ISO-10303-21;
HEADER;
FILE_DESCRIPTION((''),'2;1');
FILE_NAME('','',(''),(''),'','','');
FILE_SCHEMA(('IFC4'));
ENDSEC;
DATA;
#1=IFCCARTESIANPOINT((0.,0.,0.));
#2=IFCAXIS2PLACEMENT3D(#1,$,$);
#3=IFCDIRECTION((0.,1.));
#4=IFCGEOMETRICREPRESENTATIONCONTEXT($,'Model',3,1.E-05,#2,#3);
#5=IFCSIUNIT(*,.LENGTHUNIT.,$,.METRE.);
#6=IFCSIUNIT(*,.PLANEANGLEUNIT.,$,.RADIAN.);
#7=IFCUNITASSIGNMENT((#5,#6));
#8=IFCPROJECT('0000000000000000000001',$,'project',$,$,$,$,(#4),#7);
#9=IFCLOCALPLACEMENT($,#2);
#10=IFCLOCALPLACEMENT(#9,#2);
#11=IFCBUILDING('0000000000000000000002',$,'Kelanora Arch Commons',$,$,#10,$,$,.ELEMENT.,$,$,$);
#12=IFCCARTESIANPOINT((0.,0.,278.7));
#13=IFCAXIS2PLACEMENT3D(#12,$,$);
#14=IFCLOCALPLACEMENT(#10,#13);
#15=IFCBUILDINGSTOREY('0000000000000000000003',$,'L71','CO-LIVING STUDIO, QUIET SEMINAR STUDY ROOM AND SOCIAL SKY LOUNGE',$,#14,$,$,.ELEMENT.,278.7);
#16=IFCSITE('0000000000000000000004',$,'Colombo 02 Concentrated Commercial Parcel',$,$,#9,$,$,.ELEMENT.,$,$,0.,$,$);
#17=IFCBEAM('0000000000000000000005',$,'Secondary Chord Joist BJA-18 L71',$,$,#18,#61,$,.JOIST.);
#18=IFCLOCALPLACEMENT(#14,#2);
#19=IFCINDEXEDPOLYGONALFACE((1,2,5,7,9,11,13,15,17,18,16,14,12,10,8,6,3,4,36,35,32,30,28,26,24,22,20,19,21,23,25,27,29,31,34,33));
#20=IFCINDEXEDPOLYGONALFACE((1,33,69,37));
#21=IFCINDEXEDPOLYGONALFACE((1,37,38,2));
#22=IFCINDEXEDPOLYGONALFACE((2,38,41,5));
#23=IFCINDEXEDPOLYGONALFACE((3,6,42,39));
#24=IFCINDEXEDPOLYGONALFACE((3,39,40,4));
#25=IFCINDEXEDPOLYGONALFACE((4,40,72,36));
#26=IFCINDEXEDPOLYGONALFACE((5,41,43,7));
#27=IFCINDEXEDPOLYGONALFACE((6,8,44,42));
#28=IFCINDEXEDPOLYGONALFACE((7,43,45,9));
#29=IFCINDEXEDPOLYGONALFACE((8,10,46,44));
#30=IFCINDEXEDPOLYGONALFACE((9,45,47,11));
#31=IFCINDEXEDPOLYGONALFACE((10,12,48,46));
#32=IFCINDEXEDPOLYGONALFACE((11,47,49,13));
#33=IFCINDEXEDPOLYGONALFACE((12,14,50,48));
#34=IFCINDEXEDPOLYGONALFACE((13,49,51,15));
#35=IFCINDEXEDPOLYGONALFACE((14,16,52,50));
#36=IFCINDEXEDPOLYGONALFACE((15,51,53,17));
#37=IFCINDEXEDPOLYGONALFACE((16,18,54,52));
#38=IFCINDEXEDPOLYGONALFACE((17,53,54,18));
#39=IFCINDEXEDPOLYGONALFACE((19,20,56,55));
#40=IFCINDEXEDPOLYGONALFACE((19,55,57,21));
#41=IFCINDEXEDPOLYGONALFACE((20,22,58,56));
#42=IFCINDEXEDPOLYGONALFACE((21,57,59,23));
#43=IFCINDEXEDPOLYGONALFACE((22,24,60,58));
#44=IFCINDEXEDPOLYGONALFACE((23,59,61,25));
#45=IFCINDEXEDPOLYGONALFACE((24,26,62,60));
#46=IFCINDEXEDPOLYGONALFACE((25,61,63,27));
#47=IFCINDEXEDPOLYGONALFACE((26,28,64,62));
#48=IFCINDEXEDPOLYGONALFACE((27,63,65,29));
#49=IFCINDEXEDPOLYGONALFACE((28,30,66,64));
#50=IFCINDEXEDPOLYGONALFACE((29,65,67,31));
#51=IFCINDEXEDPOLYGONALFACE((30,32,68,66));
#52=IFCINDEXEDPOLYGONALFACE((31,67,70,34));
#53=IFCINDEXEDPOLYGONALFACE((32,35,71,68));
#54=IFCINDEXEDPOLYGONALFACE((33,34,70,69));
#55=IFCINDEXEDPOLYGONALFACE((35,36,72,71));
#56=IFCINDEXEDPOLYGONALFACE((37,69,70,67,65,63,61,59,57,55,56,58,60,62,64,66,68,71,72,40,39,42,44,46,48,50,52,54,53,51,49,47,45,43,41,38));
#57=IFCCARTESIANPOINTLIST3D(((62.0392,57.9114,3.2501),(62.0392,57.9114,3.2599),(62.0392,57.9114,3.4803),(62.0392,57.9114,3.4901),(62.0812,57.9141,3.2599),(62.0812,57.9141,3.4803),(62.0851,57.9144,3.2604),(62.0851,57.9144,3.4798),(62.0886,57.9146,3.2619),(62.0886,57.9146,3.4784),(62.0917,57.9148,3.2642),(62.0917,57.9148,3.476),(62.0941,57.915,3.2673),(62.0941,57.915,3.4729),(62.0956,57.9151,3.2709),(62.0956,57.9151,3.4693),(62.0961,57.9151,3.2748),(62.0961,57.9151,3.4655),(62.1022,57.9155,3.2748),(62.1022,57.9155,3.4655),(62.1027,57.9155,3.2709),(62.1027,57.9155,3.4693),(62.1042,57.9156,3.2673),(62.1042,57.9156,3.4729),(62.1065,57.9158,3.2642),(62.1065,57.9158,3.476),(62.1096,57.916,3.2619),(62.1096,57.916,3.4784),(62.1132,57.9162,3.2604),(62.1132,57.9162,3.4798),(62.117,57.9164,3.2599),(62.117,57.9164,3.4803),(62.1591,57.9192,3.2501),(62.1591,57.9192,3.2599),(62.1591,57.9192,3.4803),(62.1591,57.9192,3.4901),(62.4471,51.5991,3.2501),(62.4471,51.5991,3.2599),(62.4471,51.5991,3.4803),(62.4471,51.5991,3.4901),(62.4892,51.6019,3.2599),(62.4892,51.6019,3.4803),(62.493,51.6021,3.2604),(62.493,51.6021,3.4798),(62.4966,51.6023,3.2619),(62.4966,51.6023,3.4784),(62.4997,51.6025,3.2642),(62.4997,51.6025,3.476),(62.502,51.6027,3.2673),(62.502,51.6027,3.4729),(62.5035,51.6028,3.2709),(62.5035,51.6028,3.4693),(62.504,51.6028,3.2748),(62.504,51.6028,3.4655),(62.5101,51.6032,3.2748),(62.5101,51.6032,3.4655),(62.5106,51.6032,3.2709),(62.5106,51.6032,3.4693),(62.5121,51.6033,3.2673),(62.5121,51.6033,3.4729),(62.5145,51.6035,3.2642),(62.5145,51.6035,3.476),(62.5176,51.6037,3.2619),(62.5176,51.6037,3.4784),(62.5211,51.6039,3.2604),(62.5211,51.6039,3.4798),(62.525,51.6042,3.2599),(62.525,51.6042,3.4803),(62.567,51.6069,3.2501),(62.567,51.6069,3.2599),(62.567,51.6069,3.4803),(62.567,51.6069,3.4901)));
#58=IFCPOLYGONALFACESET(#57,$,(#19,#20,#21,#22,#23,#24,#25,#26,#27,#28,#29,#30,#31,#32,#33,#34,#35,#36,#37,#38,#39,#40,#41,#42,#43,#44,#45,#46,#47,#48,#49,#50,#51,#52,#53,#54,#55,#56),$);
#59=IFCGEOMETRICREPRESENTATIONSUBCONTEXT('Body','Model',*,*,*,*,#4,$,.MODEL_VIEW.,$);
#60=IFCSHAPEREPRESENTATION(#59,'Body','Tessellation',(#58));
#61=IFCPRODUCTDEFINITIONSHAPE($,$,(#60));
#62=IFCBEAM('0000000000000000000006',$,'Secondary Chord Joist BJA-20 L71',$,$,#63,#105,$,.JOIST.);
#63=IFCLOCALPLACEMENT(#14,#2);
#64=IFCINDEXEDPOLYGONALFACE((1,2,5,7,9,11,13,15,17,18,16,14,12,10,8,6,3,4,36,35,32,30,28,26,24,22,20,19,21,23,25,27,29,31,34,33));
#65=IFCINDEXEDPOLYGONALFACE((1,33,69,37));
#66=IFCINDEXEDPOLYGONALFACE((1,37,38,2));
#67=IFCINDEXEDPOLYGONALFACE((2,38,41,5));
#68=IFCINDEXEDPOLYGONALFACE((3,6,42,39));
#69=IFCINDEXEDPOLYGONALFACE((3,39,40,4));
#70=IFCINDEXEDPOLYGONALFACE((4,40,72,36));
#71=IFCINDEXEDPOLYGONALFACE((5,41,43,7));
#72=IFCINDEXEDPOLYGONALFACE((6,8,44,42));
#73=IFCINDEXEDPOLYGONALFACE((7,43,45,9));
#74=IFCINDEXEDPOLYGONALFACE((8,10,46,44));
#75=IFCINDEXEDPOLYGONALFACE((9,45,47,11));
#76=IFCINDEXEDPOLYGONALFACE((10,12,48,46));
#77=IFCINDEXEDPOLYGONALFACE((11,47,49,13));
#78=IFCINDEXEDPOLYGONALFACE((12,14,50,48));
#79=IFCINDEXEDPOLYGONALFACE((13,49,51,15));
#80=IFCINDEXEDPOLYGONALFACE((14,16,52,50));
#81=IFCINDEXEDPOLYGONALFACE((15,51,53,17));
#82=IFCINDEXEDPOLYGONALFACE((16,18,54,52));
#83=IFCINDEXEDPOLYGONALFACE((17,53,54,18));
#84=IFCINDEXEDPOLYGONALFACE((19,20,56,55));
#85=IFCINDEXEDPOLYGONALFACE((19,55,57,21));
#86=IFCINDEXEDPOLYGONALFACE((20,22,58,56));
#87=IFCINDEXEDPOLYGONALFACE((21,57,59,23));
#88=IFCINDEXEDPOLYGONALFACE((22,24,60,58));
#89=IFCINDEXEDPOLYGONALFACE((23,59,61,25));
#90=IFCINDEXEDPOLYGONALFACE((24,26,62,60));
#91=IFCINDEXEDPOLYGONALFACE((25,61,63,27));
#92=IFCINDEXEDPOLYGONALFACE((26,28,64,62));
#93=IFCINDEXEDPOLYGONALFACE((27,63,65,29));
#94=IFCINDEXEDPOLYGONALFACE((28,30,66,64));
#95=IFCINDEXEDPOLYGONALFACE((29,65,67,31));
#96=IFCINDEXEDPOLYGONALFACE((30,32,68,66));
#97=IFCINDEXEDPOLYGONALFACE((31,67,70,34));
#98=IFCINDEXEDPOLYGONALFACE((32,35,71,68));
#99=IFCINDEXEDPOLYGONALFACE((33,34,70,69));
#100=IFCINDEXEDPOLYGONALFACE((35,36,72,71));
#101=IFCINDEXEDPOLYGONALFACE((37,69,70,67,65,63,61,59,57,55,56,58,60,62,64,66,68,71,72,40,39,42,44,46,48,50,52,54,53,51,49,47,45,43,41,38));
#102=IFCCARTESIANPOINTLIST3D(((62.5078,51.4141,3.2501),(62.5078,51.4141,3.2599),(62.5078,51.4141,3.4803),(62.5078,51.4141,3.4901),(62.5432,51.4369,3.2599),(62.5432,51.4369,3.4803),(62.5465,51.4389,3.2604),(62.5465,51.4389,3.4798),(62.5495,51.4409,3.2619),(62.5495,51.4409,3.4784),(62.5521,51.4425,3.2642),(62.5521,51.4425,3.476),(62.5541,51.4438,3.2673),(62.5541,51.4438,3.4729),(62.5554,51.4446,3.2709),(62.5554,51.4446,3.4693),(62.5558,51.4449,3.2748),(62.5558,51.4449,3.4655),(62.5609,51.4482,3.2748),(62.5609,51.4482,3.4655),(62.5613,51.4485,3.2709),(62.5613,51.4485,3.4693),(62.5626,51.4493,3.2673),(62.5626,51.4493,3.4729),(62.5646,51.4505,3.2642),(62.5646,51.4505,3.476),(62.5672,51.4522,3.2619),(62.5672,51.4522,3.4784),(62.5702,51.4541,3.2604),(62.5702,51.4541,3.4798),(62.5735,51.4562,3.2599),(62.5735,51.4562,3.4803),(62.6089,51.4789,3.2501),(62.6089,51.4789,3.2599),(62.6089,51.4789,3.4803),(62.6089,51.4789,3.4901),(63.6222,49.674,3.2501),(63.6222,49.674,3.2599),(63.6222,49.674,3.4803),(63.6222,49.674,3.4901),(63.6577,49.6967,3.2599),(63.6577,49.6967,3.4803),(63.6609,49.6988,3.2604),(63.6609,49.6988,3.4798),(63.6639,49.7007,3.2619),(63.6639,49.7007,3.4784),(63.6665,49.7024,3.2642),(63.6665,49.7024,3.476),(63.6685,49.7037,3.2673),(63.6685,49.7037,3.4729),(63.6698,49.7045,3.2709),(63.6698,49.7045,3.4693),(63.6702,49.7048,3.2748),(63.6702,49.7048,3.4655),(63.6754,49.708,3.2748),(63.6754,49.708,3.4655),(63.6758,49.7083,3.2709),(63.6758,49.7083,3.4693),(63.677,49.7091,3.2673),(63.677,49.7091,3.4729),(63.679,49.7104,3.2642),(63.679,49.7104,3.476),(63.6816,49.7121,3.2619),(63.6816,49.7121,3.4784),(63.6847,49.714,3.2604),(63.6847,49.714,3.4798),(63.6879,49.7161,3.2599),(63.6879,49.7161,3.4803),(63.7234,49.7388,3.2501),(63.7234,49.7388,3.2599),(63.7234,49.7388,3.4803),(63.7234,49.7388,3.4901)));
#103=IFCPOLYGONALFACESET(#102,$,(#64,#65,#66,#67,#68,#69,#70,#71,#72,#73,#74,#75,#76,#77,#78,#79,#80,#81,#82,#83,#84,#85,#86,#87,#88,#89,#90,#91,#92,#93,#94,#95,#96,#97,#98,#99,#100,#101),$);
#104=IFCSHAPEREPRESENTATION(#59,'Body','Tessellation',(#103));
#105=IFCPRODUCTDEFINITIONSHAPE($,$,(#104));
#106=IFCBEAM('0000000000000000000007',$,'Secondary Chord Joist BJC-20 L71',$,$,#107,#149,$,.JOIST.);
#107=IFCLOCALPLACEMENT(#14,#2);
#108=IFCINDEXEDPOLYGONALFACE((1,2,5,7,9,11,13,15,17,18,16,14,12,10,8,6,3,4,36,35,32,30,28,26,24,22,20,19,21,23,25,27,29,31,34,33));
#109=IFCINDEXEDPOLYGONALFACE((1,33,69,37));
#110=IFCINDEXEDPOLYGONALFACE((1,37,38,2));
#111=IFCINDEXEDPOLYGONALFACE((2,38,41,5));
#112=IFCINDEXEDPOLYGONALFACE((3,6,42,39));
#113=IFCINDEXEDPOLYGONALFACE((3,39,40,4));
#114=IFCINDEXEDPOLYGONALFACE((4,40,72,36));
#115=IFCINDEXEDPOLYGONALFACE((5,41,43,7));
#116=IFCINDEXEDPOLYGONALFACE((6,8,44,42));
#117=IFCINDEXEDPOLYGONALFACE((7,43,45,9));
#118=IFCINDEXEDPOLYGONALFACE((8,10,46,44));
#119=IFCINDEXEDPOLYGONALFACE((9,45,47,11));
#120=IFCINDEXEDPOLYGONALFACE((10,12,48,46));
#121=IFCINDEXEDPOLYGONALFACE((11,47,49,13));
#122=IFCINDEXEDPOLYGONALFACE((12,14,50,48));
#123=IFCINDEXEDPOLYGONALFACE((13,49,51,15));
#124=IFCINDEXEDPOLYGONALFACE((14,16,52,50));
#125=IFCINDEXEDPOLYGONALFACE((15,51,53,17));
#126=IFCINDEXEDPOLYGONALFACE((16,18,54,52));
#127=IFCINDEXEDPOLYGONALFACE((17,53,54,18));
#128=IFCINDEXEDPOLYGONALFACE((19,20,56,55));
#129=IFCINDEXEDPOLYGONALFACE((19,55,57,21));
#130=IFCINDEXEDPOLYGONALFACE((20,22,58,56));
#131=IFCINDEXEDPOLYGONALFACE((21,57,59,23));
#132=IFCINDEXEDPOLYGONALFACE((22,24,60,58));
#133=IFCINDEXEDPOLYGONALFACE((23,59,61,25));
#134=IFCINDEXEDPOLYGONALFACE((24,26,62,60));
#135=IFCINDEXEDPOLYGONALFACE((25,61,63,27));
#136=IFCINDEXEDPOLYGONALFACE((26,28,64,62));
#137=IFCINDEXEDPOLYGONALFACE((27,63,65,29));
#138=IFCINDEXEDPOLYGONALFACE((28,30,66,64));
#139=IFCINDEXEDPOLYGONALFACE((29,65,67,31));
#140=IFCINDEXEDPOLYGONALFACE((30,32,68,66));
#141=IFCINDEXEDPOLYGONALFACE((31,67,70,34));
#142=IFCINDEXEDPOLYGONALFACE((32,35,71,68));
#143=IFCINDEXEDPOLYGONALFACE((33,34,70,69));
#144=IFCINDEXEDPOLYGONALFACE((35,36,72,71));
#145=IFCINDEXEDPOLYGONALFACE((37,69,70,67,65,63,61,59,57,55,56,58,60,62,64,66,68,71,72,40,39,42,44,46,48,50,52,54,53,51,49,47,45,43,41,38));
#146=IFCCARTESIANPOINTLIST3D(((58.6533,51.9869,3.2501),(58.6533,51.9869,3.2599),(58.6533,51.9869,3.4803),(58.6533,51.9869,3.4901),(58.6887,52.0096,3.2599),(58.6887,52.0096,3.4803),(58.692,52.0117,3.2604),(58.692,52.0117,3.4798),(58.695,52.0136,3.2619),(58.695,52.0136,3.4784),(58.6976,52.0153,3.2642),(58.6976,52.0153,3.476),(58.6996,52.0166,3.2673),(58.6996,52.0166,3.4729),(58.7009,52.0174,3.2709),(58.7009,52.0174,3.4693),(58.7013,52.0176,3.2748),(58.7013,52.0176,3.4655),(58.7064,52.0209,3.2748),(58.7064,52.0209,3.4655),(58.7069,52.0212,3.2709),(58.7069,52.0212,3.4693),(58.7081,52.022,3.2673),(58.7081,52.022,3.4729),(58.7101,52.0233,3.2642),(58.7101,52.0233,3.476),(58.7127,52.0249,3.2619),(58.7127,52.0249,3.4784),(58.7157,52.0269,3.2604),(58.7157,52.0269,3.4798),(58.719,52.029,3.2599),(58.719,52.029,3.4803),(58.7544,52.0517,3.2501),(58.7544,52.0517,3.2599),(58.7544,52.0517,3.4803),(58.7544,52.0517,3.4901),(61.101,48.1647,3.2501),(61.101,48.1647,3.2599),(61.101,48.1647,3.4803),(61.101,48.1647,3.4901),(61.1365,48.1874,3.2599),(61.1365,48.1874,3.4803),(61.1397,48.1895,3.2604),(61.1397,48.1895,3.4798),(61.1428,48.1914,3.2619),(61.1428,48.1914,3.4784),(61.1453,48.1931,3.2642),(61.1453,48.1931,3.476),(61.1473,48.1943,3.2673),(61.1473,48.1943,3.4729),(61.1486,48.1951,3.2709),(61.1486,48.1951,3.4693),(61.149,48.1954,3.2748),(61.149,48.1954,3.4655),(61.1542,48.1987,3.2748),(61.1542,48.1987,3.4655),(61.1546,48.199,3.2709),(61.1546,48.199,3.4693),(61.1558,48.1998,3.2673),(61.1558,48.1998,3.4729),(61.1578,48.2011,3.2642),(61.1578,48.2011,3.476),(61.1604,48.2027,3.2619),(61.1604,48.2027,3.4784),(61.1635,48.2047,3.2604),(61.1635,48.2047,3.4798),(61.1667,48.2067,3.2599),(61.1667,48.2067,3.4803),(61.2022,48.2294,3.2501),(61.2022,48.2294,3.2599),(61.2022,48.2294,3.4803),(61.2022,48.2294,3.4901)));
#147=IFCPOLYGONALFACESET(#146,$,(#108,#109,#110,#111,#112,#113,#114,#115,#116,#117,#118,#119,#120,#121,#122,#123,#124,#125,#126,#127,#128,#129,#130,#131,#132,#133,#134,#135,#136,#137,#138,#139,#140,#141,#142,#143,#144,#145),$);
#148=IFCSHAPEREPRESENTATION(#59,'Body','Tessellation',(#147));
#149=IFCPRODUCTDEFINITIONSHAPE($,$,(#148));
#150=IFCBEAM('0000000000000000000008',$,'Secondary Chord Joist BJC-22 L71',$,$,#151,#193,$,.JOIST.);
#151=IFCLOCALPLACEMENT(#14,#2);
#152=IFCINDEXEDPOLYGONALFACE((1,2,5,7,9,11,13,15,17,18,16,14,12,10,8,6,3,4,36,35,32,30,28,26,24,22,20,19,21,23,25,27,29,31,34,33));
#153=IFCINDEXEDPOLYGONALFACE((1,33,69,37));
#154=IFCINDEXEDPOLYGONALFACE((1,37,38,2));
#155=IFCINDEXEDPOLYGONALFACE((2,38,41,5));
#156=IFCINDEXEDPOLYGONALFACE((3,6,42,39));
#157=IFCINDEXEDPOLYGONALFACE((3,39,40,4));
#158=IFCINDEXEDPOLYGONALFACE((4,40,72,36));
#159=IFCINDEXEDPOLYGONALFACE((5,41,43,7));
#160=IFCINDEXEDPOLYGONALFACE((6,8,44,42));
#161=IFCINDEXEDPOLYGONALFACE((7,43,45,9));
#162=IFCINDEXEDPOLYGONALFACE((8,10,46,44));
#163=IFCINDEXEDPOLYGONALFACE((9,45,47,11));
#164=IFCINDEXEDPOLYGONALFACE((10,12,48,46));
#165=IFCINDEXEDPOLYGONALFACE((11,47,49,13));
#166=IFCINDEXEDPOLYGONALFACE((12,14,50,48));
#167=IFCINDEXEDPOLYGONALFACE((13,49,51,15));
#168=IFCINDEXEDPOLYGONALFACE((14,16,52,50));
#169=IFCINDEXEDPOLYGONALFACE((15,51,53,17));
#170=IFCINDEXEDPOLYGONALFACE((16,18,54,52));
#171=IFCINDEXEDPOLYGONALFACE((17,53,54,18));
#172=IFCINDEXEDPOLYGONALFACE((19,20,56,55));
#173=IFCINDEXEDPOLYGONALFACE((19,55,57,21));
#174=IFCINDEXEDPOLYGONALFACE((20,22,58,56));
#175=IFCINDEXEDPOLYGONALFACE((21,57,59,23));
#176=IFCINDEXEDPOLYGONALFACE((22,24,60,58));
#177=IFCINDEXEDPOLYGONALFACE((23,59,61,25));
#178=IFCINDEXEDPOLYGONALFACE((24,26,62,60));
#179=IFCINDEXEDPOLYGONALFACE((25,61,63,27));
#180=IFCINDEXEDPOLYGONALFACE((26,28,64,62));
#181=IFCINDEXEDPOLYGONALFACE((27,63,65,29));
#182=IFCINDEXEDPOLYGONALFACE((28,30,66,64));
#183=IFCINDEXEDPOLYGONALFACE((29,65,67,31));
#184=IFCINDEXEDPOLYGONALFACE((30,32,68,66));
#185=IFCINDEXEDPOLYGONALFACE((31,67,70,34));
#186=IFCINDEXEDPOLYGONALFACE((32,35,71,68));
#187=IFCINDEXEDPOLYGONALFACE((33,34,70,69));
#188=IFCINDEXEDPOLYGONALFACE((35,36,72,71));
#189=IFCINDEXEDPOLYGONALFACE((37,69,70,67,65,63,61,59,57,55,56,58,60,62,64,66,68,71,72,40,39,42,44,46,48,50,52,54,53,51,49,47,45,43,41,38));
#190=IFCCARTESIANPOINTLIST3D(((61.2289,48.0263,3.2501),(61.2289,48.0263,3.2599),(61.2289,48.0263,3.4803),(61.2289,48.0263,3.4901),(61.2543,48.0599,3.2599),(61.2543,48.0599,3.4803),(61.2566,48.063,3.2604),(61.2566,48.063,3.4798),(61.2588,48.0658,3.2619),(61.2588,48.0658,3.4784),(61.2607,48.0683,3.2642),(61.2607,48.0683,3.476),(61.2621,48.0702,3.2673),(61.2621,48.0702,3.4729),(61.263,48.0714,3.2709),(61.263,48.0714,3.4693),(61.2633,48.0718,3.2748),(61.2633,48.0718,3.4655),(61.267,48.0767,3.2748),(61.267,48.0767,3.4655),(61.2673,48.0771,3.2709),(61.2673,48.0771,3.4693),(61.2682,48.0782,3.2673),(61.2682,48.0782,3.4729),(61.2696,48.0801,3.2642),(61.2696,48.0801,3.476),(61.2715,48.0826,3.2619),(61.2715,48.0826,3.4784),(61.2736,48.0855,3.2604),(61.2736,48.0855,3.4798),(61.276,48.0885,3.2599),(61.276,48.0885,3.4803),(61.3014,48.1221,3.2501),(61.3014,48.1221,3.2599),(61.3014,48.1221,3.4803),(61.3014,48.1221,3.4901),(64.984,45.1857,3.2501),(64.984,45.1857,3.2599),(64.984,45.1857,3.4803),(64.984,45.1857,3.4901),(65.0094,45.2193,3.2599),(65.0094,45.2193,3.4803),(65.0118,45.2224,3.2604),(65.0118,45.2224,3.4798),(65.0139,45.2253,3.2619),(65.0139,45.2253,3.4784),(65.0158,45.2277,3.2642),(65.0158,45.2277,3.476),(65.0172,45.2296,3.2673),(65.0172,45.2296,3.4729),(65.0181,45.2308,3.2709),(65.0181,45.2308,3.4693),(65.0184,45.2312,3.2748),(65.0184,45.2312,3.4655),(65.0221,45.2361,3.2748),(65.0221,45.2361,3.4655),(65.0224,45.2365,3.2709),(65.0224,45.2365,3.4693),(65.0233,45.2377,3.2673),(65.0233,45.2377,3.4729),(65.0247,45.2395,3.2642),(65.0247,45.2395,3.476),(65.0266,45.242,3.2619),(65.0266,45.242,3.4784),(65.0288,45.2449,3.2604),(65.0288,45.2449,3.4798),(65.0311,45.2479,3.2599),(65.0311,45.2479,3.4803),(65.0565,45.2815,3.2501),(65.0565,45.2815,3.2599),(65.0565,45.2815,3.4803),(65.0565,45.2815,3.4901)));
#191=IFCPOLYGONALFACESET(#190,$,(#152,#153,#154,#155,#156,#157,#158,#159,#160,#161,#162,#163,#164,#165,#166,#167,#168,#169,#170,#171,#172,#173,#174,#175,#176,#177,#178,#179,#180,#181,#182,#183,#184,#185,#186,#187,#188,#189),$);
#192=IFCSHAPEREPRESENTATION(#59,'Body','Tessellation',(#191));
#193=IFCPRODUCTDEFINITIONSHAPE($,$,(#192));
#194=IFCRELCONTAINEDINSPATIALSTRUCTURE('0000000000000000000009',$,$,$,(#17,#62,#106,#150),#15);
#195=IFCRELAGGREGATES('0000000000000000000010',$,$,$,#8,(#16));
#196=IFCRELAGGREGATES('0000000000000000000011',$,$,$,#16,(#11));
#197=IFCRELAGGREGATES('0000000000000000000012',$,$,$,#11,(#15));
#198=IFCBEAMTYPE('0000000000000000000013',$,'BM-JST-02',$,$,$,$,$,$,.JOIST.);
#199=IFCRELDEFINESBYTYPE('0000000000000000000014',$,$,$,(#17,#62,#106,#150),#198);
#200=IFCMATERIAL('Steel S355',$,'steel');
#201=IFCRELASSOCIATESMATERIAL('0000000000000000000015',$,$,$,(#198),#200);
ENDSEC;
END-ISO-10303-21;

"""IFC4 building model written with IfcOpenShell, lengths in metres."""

from ifc_helpers import new_model, si_unit, direction, frame, origin, origin_2d, place, context, subcontext, project, spatial, i_section, extrude, material, material_profile, profile_set, type_object, element, save


model = new_model("IFC4")

# Units and contexts
model_context = context("Model", 3, precision=1e-05, world=origin(), true_north=direction((0.0, 1.0)))
body_context = subcontext(model_context, "Body", "Model", "MODEL_VIEW")
ifc_project = project(units=[si_unit("LENGTHUNIT", "METRE"), si_unit("PLANEANGLEUNIT", "RADIAN")], contexts=[model_context])

# Site, building, storey
site_placement = place(None, origin())
site = spatial("IfcSite", under=ifc_project, at=site_placement, Name="Colombo 02 Concentrated Commercial Parcel", CompositionType="ELEMENT", RefElevation=0.0)
building_placement = place(site_placement, origin())
building = spatial("IfcBuilding", under=site, at=building_placement, Name="Kelanora Arch Commons", CompositionType="ELEMENT")
storey_placement = place(building_placement, frame((0.0, 0.0, 278.7)))
storey = spatial("IfcBuildingStorey", under=building, at=storey_placement, Name="L71", Description="CO-LIVING STUDIO, QUIET SEMINAR STUDY ROOM AND SOCIAL SKY LOUNGE", CompositionType="ELEMENT", Elevation=278.7)

# Beams
ifc_material_1 = material(Name="Steel S355", Category="steel")
ifc_material_profile_1 = material_profile(ifc_material_1, i_section(OverallWidth=0.1201, OverallDepth=0.24, WebThickness=0.0061, FlangeThickness=0.0098, FilletRadius=0.0149, at=origin_2d()), Name="IPE240")
ifc_profile_set_1 = profile_set([ifc_material_profile_1], Name="Steel S355")
beam_type_1 = type_object("IfcBeamType", Name="BM-JST-02", PredefinedType="JOIST", material=ifc_profile_set_1)
beam_1_placement = place(storey_placement, frame((62.0991, 57.9153, 3.3701), z_axis=(0.064495, -0.997918, 0.0), x_axis=(0.997918, 0.064495, 0.0)))
element("IfcBeam", 1, at=beam_1_placement, inside=storey, type_object=beam_type_1, Name="Secondary Chord Joist BJA-18 L71", PredefinedType="JOIST", context=body_context, shape_type="SweptSolid", body=[
    extrude(i_section(OverallWidth=0.1201, OverallDepth=0.24, WebThickness=0.0061, FlangeThickness=0.0098, FilletRadius=0.0149, at=origin_2d()), origin(), (0.0, 0.0, 1.0), 6.3254),
])
beam_2_placement = place(storey_placement, frame((62.5583, 51.4465, 3.3701), z_axis=(0.539312, -0.842106, 0.0), x_axis=(0.842106, 0.539312, 0.0)))
element("IfcBeam", 2, at=beam_2_placement, inside=storey, type_object=beam_type_1, Name="Secondary Chord Joist BJA-20 L71", PredefinedType="JOIST", context=body_context, shape_type="SweptSolid", body=[
    extrude(i_section(OverallWidth=0.1201, OverallDepth=0.24, WebThickness=0.0061, FlangeThickness=0.0098, FilletRadius=0.0149, at=origin_2d()), origin(), (0.0, 0.0, 1.0), 2.0664),
])
beam_3_placement = place(storey_placement, frame((58.7039, 52.0193, 3.3701), z_axis=(0.539289, -0.842121, 0.0), x_axis=(0.842121, 0.539289, 0.0)))
element("IfcBeam", 3, at=beam_3_placement, inside=storey, type_object=beam_type_1, Name="Secondary Chord Joist BJC-20 L71", PredefinedType="JOIST", context=body_context, shape_type="SweptSolid", body=[
    extrude(i_section(OverallWidth=0.1201, OverallDepth=0.24, WebThickness=0.0061, FlangeThickness=0.0098, FilletRadius=0.0149, at=origin_2d()), origin(), (0.0, 0.0, 1.0), 4.5388),
])
beam_4_placement = place(storey_placement, frame((61.2651, 48.0742, 3.3701), z_axis=(0.797523, -0.603289, 0.0), x_axis=(0.603289, 0.797523, 0.0)))
element("IfcBeam", 4, at=beam_4_placement, inside=storey, type_object=beam_type_1, Name="Secondary Chord Joist BJC-22 L71", PredefinedType="JOIST", context=body_context, shape_type="SweptSolid", body=[
    extrude(i_section(OverallWidth=0.1201, OverallDepth=0.24, WebThickness=0.0061, FlangeThickness=0.0098, FilletRadius=0.0149, at=origin_2d()), origin(), (0.0, 0.0, 1.0), 4.7085),
])

save(model, "model.ifc")
